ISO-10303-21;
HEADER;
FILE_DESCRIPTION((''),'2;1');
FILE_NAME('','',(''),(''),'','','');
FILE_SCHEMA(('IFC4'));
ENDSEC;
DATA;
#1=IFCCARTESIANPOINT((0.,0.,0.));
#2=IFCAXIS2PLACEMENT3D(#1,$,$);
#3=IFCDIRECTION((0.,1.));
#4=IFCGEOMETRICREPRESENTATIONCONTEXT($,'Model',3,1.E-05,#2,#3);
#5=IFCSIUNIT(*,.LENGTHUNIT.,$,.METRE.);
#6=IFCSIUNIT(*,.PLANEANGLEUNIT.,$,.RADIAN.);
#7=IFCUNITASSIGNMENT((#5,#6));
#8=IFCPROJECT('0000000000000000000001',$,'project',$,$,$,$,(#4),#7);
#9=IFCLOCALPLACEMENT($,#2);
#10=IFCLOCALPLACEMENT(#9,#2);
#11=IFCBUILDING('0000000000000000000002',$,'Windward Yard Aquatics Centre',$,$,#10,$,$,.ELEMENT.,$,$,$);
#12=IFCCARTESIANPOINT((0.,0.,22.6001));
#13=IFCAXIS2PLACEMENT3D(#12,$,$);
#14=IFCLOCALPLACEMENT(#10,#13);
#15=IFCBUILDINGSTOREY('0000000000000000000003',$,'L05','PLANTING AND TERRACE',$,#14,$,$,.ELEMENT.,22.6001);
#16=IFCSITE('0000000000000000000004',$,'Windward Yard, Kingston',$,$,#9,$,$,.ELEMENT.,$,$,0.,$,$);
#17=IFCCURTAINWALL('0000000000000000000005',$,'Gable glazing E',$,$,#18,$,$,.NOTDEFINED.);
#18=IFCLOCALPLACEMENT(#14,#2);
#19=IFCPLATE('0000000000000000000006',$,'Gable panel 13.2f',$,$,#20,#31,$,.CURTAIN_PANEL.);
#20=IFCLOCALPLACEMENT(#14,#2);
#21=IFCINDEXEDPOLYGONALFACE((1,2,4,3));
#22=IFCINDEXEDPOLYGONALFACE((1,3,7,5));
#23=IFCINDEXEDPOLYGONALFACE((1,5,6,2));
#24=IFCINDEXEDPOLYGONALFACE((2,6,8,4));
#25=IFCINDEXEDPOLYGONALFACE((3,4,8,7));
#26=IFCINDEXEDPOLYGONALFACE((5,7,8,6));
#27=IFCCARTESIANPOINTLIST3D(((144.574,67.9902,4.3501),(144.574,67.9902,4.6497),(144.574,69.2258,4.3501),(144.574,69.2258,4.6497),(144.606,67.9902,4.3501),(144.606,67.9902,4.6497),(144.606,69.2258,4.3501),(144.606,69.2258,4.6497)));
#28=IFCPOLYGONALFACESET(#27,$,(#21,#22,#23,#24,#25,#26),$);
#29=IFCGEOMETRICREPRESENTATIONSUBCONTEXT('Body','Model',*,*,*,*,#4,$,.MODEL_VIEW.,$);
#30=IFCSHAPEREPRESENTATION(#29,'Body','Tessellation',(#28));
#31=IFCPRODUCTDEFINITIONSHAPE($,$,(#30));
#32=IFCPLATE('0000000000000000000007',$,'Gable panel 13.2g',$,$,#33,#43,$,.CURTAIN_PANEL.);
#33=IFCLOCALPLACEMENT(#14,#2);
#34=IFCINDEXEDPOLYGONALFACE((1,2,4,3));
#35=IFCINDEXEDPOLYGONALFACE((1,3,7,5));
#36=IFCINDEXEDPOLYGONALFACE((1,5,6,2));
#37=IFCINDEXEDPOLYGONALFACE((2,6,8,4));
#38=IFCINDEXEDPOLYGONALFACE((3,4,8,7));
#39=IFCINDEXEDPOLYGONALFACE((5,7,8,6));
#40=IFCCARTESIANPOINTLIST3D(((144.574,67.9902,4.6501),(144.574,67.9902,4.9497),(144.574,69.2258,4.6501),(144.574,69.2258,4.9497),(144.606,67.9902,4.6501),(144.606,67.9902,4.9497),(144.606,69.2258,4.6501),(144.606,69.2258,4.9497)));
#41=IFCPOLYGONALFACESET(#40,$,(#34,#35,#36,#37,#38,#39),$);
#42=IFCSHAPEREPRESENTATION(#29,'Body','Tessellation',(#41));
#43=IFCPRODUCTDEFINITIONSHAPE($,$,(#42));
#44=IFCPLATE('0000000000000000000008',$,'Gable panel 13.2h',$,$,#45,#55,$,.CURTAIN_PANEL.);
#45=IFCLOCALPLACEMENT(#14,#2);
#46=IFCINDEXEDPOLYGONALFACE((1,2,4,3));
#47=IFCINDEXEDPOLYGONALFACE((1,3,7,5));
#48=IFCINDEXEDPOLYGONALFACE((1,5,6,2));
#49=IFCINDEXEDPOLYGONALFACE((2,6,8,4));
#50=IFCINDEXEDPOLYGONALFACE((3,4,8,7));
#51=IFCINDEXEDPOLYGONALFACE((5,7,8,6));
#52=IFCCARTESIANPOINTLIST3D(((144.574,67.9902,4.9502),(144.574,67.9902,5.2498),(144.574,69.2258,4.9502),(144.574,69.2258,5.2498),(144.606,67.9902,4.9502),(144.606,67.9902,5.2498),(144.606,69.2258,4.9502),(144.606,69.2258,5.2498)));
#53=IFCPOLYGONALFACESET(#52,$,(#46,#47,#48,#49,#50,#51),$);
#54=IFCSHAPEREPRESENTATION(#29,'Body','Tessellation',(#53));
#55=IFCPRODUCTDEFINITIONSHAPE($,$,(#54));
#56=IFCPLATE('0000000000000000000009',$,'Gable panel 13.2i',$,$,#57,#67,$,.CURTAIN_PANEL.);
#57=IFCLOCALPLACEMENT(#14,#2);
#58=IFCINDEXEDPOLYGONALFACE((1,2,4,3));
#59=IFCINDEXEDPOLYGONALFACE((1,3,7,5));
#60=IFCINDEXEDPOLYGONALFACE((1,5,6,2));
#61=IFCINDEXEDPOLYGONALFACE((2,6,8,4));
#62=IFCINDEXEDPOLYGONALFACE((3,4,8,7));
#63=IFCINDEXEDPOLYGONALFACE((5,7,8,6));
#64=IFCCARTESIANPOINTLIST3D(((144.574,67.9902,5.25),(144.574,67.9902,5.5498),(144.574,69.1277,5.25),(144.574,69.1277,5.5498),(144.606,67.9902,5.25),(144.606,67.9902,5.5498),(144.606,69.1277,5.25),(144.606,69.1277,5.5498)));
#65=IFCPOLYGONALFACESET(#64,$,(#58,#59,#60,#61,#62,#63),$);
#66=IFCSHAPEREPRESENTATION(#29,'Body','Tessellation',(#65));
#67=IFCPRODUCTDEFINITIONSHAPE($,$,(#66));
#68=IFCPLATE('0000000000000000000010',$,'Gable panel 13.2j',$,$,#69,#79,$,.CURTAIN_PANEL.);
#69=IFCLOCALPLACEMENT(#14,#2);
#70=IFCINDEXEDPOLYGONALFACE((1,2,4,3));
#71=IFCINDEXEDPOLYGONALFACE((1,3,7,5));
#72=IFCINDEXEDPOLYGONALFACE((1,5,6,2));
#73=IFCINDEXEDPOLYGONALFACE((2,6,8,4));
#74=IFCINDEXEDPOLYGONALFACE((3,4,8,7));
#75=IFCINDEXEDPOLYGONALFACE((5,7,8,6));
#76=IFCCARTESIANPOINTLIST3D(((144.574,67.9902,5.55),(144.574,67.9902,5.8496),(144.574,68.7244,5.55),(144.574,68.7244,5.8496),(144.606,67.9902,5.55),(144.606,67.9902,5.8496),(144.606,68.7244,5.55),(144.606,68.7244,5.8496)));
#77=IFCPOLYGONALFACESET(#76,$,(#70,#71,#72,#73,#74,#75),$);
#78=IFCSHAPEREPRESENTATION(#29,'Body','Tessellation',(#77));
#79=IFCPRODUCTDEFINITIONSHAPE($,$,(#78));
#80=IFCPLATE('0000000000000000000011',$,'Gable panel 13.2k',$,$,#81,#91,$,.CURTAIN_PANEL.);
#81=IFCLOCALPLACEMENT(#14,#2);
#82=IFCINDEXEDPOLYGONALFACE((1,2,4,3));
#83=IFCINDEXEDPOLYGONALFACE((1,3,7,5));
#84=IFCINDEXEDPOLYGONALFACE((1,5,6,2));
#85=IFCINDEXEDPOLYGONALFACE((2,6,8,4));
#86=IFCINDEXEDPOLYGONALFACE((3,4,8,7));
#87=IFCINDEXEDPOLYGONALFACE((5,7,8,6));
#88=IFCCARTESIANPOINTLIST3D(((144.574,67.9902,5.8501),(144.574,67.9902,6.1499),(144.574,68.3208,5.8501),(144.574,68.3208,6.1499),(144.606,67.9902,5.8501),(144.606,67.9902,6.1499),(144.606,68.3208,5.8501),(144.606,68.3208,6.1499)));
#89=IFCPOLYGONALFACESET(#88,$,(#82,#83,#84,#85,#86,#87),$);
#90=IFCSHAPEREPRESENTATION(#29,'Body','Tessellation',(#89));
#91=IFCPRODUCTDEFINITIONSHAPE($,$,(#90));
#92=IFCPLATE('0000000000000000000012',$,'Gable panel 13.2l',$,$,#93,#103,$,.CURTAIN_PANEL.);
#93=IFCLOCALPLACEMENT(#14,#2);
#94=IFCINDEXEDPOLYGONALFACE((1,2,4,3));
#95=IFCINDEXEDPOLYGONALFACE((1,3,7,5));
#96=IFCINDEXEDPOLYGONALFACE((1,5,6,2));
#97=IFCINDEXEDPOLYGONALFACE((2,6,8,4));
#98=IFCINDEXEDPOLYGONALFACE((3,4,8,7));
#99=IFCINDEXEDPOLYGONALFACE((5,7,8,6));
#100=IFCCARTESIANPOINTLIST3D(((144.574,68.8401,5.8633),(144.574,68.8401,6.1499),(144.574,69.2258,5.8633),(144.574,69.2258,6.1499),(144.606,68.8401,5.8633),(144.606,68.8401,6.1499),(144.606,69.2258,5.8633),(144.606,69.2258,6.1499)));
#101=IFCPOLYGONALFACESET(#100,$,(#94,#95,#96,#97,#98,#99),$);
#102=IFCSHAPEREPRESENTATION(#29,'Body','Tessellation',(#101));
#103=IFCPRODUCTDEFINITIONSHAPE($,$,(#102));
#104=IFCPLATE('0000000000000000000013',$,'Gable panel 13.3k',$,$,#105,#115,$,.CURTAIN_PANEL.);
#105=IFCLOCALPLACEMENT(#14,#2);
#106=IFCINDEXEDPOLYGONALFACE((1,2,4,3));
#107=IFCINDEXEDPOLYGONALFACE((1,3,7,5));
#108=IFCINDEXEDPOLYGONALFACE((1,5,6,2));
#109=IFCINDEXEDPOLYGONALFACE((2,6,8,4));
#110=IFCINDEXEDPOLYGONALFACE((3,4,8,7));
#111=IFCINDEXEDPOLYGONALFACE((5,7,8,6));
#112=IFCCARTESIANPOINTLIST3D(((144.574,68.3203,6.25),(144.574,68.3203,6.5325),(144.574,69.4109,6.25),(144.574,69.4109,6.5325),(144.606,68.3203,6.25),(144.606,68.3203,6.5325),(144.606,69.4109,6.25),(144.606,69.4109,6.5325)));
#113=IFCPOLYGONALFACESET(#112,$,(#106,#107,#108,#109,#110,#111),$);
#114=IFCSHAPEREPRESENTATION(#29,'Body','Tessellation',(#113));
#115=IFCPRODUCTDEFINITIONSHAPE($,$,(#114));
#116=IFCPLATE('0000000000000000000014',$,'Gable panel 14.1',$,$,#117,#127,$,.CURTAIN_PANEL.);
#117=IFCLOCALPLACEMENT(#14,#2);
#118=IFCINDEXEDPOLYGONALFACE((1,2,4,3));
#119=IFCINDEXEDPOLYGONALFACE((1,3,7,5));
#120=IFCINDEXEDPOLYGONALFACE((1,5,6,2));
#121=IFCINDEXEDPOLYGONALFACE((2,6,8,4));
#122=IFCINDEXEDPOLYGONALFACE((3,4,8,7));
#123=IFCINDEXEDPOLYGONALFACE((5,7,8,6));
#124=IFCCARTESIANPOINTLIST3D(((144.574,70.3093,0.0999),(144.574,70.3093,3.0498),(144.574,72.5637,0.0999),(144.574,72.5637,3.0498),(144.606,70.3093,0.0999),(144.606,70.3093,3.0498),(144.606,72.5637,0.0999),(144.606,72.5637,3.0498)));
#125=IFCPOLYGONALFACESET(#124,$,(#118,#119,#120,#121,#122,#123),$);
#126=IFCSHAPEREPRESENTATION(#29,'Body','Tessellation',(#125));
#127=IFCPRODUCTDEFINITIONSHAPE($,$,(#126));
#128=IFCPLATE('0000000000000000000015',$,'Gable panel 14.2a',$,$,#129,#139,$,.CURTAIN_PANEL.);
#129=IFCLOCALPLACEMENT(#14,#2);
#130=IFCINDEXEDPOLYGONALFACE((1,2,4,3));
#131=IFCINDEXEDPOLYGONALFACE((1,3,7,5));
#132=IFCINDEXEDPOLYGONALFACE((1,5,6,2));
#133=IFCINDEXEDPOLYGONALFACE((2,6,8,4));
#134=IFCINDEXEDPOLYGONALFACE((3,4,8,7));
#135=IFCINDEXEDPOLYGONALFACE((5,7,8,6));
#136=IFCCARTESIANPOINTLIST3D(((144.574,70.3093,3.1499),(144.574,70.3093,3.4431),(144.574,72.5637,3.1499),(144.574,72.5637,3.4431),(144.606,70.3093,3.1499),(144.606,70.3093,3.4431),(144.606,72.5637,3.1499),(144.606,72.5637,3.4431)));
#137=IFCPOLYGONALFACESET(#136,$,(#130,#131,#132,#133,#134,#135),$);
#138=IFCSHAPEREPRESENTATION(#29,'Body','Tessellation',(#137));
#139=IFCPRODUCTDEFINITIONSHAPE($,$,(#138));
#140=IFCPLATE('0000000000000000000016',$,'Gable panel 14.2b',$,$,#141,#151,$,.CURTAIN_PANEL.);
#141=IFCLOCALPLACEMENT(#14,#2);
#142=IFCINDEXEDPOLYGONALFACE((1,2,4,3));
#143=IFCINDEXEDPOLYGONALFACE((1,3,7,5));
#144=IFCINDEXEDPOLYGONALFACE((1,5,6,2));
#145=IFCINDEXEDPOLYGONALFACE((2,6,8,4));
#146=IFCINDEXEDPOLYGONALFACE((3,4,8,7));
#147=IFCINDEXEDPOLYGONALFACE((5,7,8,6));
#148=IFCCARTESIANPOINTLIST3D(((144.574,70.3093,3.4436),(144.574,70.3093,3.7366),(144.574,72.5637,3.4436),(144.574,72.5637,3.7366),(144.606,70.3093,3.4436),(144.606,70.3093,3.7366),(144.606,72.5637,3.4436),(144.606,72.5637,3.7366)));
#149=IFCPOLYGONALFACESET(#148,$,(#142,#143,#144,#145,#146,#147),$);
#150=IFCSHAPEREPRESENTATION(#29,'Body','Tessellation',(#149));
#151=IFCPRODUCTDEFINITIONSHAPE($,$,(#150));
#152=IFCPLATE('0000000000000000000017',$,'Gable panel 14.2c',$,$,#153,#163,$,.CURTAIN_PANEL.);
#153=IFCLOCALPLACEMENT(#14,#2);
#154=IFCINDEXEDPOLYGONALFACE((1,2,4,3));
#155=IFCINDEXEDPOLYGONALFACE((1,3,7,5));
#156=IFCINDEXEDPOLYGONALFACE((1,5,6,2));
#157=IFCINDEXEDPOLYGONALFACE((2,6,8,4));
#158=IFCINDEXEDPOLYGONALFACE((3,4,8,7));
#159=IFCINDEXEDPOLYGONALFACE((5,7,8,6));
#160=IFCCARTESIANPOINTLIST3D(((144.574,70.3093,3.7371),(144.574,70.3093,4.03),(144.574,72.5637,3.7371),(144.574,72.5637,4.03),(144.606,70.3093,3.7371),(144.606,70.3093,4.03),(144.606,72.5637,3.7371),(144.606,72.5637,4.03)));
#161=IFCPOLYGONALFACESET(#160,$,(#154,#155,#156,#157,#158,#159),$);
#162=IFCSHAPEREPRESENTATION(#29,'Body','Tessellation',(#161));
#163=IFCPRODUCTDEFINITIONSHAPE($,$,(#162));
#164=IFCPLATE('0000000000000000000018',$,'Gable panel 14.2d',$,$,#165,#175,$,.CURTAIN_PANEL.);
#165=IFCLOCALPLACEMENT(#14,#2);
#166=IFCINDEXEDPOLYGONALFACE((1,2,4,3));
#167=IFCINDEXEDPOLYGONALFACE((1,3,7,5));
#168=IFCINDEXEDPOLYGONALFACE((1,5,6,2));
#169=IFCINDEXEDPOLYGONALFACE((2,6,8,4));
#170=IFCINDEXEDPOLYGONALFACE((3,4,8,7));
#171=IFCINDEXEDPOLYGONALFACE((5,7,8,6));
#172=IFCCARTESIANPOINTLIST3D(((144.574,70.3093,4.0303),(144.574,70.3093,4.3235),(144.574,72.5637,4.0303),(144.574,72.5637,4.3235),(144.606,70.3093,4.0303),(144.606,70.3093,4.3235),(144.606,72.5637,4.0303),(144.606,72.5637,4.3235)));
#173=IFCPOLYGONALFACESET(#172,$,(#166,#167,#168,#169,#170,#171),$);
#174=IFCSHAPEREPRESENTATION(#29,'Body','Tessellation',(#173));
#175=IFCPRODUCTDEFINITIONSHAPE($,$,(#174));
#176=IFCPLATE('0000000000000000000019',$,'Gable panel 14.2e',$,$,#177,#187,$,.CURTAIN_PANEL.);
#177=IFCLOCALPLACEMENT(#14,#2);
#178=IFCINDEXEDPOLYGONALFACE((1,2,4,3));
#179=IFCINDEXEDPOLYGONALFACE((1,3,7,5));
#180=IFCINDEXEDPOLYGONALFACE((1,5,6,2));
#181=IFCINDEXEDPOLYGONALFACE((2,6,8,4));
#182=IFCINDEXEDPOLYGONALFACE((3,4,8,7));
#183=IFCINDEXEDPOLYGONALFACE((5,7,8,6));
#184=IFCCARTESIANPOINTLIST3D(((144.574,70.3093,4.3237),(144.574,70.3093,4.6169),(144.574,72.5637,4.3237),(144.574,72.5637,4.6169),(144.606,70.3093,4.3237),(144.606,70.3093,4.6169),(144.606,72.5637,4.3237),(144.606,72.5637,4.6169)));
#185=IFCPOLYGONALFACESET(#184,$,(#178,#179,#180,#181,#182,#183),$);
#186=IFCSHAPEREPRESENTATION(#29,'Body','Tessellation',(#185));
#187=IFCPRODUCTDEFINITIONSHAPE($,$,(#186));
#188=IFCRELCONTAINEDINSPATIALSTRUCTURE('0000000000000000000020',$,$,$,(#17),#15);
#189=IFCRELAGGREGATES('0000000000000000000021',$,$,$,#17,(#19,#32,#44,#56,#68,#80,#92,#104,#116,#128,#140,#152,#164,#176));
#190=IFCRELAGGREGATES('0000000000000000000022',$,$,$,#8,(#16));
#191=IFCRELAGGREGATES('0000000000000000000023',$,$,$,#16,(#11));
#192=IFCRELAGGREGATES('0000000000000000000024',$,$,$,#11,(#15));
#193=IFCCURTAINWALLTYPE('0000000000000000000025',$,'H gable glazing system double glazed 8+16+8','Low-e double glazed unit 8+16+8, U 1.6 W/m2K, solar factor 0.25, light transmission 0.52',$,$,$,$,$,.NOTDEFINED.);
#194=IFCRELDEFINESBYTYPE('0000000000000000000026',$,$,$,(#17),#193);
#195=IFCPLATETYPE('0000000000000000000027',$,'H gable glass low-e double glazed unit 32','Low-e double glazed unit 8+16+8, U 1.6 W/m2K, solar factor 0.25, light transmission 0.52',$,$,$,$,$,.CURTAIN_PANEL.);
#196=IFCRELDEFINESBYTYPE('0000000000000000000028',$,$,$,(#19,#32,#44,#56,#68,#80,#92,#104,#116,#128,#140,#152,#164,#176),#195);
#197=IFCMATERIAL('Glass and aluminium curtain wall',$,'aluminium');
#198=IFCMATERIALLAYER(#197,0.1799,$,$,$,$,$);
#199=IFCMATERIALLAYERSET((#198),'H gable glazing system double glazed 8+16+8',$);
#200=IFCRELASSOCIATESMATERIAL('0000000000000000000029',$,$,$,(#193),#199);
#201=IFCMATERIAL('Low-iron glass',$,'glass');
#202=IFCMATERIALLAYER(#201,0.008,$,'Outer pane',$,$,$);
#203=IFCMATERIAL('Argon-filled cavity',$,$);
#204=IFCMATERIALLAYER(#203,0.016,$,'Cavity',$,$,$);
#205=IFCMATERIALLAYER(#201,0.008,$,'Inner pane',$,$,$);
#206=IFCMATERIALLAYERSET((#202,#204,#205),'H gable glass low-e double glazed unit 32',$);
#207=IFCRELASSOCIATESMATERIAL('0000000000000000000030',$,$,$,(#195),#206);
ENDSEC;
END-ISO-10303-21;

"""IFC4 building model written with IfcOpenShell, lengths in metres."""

from ifc_helpers import new_model, si_unit, direction, frame, origin, place, context, subcontext, project, spatial, polyline, outline, extrude, material, layer, layer_set, type_object, element, aggregate, save


model = new_model("IFC4")

# Units and contexts
model_context = context("Model", 3, precision=1e-05, world=origin(), true_north=direction((0.0, 1.0)))
body_context = subcontext(model_context, "Body", "Model", "MODEL_VIEW")
ifc_project = project(units=[si_unit("LENGTHUNIT", "METRE"), si_unit("PLANEANGLEUNIT", "RADIAN")], contexts=[model_context])

# Site, building, storey
site_placement = place(None, origin())
site = spatial("IfcSite", under=ifc_project, at=site_placement, Name="Windward Yard, Kingston", CompositionType="ELEMENT", RefElevation=0.0)
building_placement = place(site_placement, origin())
building = spatial("IfcBuilding", under=site, at=building_placement, Name="Windward Yard Aquatics Centre", CompositionType="ELEMENT")
storey_placement = place(building_placement, frame((0.0, 0.0, 22.6001)))
storey = spatial("IfcBuildingStorey", under=building, at=storey_placement, Name="L05", Description="PLANTING AND TERRACE", CompositionType="ELEMENT", Elevation=22.6001)

# Curtain wall, plates
ifc_material_1 = material(Name="Glass and aluminium curtain wall", Category="aluminium")
ifc_layer_1 = layer(ifc_material_1, 0.1799)
ifc_layer_set_1 = layer_set([ifc_layer_1], Name="H gable glazing system double glazed 8+16+8")
curtain_wall_type = type_object("IfcCurtainWallType", Name="H gable glazing system double glazed 8+16+8", Description="Low-e double glazed unit 8+16+8, U 1.6 W/m2K, solar factor 0.25, light transmission 0.52", PredefinedType="NOTDEFINED", material=ifc_layer_set_1)
curtain_wall_placement = place(storey_placement, origin())
curtain_wall = element("IfcCurtainWall", 1, at=curtain_wall_placement, inside=storey, type_object=curtain_wall_type, Name="Gable glazing E", PredefinedType="NOTDEFINED")
ifc_material_2 = material(Name="Low-iron glass", Category="glass")
ifc_layer_2 = layer(ifc_material_2, 0.008, Name="Outer pane")
ifc_material_3 = material(Name="Argon-filled cavity")
ifc_layer_3 = layer(ifc_material_3, 0.016, Name="Cavity")
ifc_layer_4 = layer(ifc_material_2, 0.008, Name="Inner pane")
ifc_layer_set_2 = layer_set([ifc_layer_2, ifc_layer_3, ifc_layer_4], Name="H gable glass low-e double glazed unit 32")
plate_type = type_object("IfcPlateType", Name="H gable glass low-e double glazed unit 32", Description="Low-e double glazed unit 8+16+8, U 1.6 W/m2K, solar factor 0.25, light transmission 0.52", PredefinedType="CURTAIN_PANEL", material=ifc_layer_set_2)
plate_1_placement = place(storey_placement, frame((144.606, 67.9902, 4.3501), z_axis=(1.0, 0.0, 0.0), x_axis=(0.0, 1.0, 0.0)))
plate_1 = element("IfcPlate", 2, at=plate_1_placement, type_object=plate_type, Name="Gable panel 13.2f", PredefinedType="CURTAIN_PANEL", context=body_context, shape_type="SweptSolid", body=[
    extrude(outline(polyline([(0.0, 0.0), (1.2356, 0.0), (1.2356, 0.2996), (0.0, 0.2996), (0.0, 0.0)])), origin(), (0.0, 0.0, -1.0), 0.032),
])
plate_2_placement = place(storey_placement, frame((144.606, 67.9902, 4.6501), z_axis=(1.0, 0.0, 0.0), x_axis=(0.0, 1.0, 0.0)))
plate_2 = element("IfcPlate", 3, at=plate_2_placement, type_object=plate_type, Name="Gable panel 13.2g", PredefinedType="CURTAIN_PANEL", context=body_context, shape_type="SweptSolid", body=[
    extrude(outline(polyline([(0.0, 0.0), (1.2356, 0.0), (1.2356, 0.2996), (0.0, 0.2996), (0.0, 0.0)])), origin(), (0.0, 0.0, -1.0), 0.032),
])
plate_3_placement = place(storey_placement, frame((144.606, 67.9902, 4.9502), z_axis=(1.0, 0.0, 0.0), x_axis=(0.0, 1.0, 0.0)))
plate_3 = element("IfcPlate", 4, at=plate_3_placement, type_object=plate_type, Name="Gable panel 13.2h", PredefinedType="CURTAIN_PANEL", context=body_context, shape_type="SweptSolid", body=[
    extrude(outline(polyline([(0.0, 0.0), (1.2356, 0.0), (1.2356, 0.2996), (0.0, 0.2996), (0.0, 0.0)])), origin(), (0.0, 0.0, -1.0), 0.032),
])
plate_4_placement = place(storey_placement, frame((144.606, 67.9902, 5.25), z_axis=(1.0, 0.0, 0.0), x_axis=(0.0, 1.0, 0.0)))
plate_4 = element("IfcPlate", 5, at=plate_4_placement, type_object=plate_type, Name="Gable panel 13.2i", PredefinedType="CURTAIN_PANEL", context=body_context, shape_type="SweptSolid", body=[
    extrude(outline(polyline([(0.0, 0.0), (1.1375, 0.0), (1.1375, 0.2998), (0.0, 0.2998), (0.0, 0.0)])), origin(), (0.0, 0.0, -1.0), 0.032),
])
plate_5_placement = place(storey_placement, frame((144.606, 67.9902, 5.55), z_axis=(1.0, 0.0, 0.0), x_axis=(0.0, 1.0, 0.0)))
plate_5 = element("IfcPlate", 6, at=plate_5_placement, type_object=plate_type, Name="Gable panel 13.2j", PredefinedType="CURTAIN_PANEL", context=body_context, shape_type="SweptSolid", body=[
    extrude(outline(polyline([(0.0, 0.0), (0.7341, 0.0), (0.7341, 0.2996), (0.0, 0.2996), (0.0, 0.0)])), origin(), (0.0, 0.0, -1.0), 0.032),
])
plate_6_placement = place(storey_placement, frame((144.606, 67.9902, 5.8501), z_axis=(1.0, 0.0, 0.0), x_axis=(0.0, 1.0, 0.0)))
plate_6 = element("IfcPlate", 7, at=plate_6_placement, type_object=plate_type, Name="Gable panel 13.2k", PredefinedType="CURTAIN_PANEL", context=body_context, shape_type="SweptSolid", body=[
    extrude(outline(polyline([(0.0, 0.0), (0.3306, 0.0), (0.3306, 0.2998), (0.0, 0.2998), (0.0, 0.0)])), origin(), (0.0, 0.0, -1.0), 0.032),
])
plate_7_placement = place(storey_placement, frame((144.606, 68.8401, 5.8633), z_axis=(1.0, 0.0, 0.0), x_axis=(0.0, 1.0, 0.0)))
plate_7 = element("IfcPlate", 8, at=plate_7_placement, type_object=plate_type, Name="Gable panel 13.2l", PredefinedType="CURTAIN_PANEL", context=body_context, shape_type="SweptSolid", body=[
    extrude(outline(polyline([(0.0, 0.0), (0.3857, 0.0), (0.3857, 0.2866), (0.0, 0.2866), (0.0, 0.0)])), origin(), (0.0, 0.0, -1.0), 0.032),
])
plate_8_placement = place(storey_placement, frame((144.606, 68.3203, 6.25), z_axis=(1.0, 0.0, 0.0), x_axis=(0.0, 1.0, 0.0)))
plate_8 = element("IfcPlate", 9, at=plate_8_placement, type_object=plate_type, Name="Gable panel 13.3k", PredefinedType="CURTAIN_PANEL", context=body_context, shape_type="SweptSolid", body=[
    extrude(outline(polyline([(0.0, 0.0), (1.0906, 0.0), (1.0906, 0.2825), (0.0, 0.2825), (0.0, 0.0)])), origin(), (0.0, 0.0, -1.0), 0.032),
])
plate_9_placement = place(storey_placement, frame((144.574, 70.3093, 0.0999), z_axis=(-1.0, 0.0, 0.0), x_axis=(0.0, 0.0, 1.0)))
plate_9 = element("IfcPlate", 10, at=plate_9_placement, type_object=plate_type, Name="Gable panel 14.1", PredefinedType="CURTAIN_PANEL", context=body_context, shape_type="SweptSolid", body=[
    extrude(outline(polyline([(0.0, 0.0), (2.95, 0.0), (2.95, 2.2544), (0.0, 2.2544), (0.0, 0.0)])), origin(), (0.0, 0.0, -1.0), 0.032),
])
plate_10_placement = place(storey_placement, frame((144.606, 70.3093, 3.1499), z_axis=(1.0, 0.0, 0.0), x_axis=(0.0, 1.0, 0.0)))
plate_10 = element("IfcPlate", 11, at=plate_10_placement, type_object=plate_type, Name="Gable panel 14.2a", PredefinedType="CURTAIN_PANEL", context=body_context, shape_type="SweptSolid", body=[
    extrude(outline(polyline([(0.0, 0.0), (2.2544, 0.0), (2.2544, 0.2932), (0.0, 0.2932), (0.0, 0.0)])), origin(), (0.0, 0.0, -1.0), 0.032),
])
plate_11_placement = place(storey_placement, frame((144.606, 70.3093, 3.4436), z_axis=(1.0, 0.0, 0.0), x_axis=(0.0, 1.0, 0.0)))
plate_11 = element("IfcPlate", 12, at=plate_11_placement, type_object=plate_type, Name="Gable panel 14.2b", PredefinedType="CURTAIN_PANEL", context=body_context, shape_type="SweptSolid", body=[
    extrude(outline(polyline([(0.0, 0.0), (2.2544, 0.0), (2.2544, 0.293), (0.0, 0.293), (0.0, 0.0)])), origin(), (0.0, 0.0, -1.0), 0.032),
])
plate_12_placement = place(storey_placement, frame((144.606, 70.3093, 3.7371), z_axis=(1.0, 0.0, 0.0), x_axis=(0.0, 1.0, 0.0)))
plate_12 = element("IfcPlate", 13, at=plate_12_placement, type_object=plate_type, Name="Gable panel 14.2c", PredefinedType="CURTAIN_PANEL", context=body_context, shape_type="SweptSolid", body=[
    extrude(outline(polyline([(0.0, 0.0), (2.2544, 0.0), (2.2544, 0.293), (0.0, 0.293), (0.0, 0.0)])), origin(), (0.0, 0.0, -1.0), 0.032),
])
plate_13_placement = place(storey_placement, frame((144.606, 70.3093, 4.0303), z_axis=(1.0, 0.0, 0.0), x_axis=(0.0, 1.0, 0.0)))
plate_13 = element("IfcPlate", 14, at=plate_13_placement, type_object=plate_type, Name="Gable panel 14.2d", PredefinedType="CURTAIN_PANEL", context=body_context, shape_type="SweptSolid", body=[
    extrude(outline(polyline([(0.0, 0.0), (2.2544, 0.0), (2.2544, 0.2932), (0.0, 0.2932), (0.0, 0.0)])), origin(), (0.0, 0.0, -1.0), 0.032),
])
plate_14_placement = place(storey_placement, frame((144.606, 70.3093, 4.3237), z_axis=(1.0, 0.0, 0.0), x_axis=(0.0, 1.0, 0.0)))
plate_14 = element("IfcPlate", 15, at=plate_14_placement, type_object=plate_type, Name="Gable panel 14.2e", PredefinedType="CURTAIN_PANEL", context=body_context, shape_type="SweptSolid", body=[
    extrude(outline(polyline([(0.0, 0.0), (2.2544, 0.0), (2.2544, 0.2932), (0.0, 0.2932), (0.0, 0.0)])), origin(), (0.0, 0.0, -1.0), 0.032),
])
aggregate(curtain_wall, [plate_1, plate_2, plate_3, plate_4, plate_5, plate_6, plate_7, plate_8, plate_9, plate_10, plate_11, plate_12, plate_13, plate_14])

save(model, "model.ifc")
